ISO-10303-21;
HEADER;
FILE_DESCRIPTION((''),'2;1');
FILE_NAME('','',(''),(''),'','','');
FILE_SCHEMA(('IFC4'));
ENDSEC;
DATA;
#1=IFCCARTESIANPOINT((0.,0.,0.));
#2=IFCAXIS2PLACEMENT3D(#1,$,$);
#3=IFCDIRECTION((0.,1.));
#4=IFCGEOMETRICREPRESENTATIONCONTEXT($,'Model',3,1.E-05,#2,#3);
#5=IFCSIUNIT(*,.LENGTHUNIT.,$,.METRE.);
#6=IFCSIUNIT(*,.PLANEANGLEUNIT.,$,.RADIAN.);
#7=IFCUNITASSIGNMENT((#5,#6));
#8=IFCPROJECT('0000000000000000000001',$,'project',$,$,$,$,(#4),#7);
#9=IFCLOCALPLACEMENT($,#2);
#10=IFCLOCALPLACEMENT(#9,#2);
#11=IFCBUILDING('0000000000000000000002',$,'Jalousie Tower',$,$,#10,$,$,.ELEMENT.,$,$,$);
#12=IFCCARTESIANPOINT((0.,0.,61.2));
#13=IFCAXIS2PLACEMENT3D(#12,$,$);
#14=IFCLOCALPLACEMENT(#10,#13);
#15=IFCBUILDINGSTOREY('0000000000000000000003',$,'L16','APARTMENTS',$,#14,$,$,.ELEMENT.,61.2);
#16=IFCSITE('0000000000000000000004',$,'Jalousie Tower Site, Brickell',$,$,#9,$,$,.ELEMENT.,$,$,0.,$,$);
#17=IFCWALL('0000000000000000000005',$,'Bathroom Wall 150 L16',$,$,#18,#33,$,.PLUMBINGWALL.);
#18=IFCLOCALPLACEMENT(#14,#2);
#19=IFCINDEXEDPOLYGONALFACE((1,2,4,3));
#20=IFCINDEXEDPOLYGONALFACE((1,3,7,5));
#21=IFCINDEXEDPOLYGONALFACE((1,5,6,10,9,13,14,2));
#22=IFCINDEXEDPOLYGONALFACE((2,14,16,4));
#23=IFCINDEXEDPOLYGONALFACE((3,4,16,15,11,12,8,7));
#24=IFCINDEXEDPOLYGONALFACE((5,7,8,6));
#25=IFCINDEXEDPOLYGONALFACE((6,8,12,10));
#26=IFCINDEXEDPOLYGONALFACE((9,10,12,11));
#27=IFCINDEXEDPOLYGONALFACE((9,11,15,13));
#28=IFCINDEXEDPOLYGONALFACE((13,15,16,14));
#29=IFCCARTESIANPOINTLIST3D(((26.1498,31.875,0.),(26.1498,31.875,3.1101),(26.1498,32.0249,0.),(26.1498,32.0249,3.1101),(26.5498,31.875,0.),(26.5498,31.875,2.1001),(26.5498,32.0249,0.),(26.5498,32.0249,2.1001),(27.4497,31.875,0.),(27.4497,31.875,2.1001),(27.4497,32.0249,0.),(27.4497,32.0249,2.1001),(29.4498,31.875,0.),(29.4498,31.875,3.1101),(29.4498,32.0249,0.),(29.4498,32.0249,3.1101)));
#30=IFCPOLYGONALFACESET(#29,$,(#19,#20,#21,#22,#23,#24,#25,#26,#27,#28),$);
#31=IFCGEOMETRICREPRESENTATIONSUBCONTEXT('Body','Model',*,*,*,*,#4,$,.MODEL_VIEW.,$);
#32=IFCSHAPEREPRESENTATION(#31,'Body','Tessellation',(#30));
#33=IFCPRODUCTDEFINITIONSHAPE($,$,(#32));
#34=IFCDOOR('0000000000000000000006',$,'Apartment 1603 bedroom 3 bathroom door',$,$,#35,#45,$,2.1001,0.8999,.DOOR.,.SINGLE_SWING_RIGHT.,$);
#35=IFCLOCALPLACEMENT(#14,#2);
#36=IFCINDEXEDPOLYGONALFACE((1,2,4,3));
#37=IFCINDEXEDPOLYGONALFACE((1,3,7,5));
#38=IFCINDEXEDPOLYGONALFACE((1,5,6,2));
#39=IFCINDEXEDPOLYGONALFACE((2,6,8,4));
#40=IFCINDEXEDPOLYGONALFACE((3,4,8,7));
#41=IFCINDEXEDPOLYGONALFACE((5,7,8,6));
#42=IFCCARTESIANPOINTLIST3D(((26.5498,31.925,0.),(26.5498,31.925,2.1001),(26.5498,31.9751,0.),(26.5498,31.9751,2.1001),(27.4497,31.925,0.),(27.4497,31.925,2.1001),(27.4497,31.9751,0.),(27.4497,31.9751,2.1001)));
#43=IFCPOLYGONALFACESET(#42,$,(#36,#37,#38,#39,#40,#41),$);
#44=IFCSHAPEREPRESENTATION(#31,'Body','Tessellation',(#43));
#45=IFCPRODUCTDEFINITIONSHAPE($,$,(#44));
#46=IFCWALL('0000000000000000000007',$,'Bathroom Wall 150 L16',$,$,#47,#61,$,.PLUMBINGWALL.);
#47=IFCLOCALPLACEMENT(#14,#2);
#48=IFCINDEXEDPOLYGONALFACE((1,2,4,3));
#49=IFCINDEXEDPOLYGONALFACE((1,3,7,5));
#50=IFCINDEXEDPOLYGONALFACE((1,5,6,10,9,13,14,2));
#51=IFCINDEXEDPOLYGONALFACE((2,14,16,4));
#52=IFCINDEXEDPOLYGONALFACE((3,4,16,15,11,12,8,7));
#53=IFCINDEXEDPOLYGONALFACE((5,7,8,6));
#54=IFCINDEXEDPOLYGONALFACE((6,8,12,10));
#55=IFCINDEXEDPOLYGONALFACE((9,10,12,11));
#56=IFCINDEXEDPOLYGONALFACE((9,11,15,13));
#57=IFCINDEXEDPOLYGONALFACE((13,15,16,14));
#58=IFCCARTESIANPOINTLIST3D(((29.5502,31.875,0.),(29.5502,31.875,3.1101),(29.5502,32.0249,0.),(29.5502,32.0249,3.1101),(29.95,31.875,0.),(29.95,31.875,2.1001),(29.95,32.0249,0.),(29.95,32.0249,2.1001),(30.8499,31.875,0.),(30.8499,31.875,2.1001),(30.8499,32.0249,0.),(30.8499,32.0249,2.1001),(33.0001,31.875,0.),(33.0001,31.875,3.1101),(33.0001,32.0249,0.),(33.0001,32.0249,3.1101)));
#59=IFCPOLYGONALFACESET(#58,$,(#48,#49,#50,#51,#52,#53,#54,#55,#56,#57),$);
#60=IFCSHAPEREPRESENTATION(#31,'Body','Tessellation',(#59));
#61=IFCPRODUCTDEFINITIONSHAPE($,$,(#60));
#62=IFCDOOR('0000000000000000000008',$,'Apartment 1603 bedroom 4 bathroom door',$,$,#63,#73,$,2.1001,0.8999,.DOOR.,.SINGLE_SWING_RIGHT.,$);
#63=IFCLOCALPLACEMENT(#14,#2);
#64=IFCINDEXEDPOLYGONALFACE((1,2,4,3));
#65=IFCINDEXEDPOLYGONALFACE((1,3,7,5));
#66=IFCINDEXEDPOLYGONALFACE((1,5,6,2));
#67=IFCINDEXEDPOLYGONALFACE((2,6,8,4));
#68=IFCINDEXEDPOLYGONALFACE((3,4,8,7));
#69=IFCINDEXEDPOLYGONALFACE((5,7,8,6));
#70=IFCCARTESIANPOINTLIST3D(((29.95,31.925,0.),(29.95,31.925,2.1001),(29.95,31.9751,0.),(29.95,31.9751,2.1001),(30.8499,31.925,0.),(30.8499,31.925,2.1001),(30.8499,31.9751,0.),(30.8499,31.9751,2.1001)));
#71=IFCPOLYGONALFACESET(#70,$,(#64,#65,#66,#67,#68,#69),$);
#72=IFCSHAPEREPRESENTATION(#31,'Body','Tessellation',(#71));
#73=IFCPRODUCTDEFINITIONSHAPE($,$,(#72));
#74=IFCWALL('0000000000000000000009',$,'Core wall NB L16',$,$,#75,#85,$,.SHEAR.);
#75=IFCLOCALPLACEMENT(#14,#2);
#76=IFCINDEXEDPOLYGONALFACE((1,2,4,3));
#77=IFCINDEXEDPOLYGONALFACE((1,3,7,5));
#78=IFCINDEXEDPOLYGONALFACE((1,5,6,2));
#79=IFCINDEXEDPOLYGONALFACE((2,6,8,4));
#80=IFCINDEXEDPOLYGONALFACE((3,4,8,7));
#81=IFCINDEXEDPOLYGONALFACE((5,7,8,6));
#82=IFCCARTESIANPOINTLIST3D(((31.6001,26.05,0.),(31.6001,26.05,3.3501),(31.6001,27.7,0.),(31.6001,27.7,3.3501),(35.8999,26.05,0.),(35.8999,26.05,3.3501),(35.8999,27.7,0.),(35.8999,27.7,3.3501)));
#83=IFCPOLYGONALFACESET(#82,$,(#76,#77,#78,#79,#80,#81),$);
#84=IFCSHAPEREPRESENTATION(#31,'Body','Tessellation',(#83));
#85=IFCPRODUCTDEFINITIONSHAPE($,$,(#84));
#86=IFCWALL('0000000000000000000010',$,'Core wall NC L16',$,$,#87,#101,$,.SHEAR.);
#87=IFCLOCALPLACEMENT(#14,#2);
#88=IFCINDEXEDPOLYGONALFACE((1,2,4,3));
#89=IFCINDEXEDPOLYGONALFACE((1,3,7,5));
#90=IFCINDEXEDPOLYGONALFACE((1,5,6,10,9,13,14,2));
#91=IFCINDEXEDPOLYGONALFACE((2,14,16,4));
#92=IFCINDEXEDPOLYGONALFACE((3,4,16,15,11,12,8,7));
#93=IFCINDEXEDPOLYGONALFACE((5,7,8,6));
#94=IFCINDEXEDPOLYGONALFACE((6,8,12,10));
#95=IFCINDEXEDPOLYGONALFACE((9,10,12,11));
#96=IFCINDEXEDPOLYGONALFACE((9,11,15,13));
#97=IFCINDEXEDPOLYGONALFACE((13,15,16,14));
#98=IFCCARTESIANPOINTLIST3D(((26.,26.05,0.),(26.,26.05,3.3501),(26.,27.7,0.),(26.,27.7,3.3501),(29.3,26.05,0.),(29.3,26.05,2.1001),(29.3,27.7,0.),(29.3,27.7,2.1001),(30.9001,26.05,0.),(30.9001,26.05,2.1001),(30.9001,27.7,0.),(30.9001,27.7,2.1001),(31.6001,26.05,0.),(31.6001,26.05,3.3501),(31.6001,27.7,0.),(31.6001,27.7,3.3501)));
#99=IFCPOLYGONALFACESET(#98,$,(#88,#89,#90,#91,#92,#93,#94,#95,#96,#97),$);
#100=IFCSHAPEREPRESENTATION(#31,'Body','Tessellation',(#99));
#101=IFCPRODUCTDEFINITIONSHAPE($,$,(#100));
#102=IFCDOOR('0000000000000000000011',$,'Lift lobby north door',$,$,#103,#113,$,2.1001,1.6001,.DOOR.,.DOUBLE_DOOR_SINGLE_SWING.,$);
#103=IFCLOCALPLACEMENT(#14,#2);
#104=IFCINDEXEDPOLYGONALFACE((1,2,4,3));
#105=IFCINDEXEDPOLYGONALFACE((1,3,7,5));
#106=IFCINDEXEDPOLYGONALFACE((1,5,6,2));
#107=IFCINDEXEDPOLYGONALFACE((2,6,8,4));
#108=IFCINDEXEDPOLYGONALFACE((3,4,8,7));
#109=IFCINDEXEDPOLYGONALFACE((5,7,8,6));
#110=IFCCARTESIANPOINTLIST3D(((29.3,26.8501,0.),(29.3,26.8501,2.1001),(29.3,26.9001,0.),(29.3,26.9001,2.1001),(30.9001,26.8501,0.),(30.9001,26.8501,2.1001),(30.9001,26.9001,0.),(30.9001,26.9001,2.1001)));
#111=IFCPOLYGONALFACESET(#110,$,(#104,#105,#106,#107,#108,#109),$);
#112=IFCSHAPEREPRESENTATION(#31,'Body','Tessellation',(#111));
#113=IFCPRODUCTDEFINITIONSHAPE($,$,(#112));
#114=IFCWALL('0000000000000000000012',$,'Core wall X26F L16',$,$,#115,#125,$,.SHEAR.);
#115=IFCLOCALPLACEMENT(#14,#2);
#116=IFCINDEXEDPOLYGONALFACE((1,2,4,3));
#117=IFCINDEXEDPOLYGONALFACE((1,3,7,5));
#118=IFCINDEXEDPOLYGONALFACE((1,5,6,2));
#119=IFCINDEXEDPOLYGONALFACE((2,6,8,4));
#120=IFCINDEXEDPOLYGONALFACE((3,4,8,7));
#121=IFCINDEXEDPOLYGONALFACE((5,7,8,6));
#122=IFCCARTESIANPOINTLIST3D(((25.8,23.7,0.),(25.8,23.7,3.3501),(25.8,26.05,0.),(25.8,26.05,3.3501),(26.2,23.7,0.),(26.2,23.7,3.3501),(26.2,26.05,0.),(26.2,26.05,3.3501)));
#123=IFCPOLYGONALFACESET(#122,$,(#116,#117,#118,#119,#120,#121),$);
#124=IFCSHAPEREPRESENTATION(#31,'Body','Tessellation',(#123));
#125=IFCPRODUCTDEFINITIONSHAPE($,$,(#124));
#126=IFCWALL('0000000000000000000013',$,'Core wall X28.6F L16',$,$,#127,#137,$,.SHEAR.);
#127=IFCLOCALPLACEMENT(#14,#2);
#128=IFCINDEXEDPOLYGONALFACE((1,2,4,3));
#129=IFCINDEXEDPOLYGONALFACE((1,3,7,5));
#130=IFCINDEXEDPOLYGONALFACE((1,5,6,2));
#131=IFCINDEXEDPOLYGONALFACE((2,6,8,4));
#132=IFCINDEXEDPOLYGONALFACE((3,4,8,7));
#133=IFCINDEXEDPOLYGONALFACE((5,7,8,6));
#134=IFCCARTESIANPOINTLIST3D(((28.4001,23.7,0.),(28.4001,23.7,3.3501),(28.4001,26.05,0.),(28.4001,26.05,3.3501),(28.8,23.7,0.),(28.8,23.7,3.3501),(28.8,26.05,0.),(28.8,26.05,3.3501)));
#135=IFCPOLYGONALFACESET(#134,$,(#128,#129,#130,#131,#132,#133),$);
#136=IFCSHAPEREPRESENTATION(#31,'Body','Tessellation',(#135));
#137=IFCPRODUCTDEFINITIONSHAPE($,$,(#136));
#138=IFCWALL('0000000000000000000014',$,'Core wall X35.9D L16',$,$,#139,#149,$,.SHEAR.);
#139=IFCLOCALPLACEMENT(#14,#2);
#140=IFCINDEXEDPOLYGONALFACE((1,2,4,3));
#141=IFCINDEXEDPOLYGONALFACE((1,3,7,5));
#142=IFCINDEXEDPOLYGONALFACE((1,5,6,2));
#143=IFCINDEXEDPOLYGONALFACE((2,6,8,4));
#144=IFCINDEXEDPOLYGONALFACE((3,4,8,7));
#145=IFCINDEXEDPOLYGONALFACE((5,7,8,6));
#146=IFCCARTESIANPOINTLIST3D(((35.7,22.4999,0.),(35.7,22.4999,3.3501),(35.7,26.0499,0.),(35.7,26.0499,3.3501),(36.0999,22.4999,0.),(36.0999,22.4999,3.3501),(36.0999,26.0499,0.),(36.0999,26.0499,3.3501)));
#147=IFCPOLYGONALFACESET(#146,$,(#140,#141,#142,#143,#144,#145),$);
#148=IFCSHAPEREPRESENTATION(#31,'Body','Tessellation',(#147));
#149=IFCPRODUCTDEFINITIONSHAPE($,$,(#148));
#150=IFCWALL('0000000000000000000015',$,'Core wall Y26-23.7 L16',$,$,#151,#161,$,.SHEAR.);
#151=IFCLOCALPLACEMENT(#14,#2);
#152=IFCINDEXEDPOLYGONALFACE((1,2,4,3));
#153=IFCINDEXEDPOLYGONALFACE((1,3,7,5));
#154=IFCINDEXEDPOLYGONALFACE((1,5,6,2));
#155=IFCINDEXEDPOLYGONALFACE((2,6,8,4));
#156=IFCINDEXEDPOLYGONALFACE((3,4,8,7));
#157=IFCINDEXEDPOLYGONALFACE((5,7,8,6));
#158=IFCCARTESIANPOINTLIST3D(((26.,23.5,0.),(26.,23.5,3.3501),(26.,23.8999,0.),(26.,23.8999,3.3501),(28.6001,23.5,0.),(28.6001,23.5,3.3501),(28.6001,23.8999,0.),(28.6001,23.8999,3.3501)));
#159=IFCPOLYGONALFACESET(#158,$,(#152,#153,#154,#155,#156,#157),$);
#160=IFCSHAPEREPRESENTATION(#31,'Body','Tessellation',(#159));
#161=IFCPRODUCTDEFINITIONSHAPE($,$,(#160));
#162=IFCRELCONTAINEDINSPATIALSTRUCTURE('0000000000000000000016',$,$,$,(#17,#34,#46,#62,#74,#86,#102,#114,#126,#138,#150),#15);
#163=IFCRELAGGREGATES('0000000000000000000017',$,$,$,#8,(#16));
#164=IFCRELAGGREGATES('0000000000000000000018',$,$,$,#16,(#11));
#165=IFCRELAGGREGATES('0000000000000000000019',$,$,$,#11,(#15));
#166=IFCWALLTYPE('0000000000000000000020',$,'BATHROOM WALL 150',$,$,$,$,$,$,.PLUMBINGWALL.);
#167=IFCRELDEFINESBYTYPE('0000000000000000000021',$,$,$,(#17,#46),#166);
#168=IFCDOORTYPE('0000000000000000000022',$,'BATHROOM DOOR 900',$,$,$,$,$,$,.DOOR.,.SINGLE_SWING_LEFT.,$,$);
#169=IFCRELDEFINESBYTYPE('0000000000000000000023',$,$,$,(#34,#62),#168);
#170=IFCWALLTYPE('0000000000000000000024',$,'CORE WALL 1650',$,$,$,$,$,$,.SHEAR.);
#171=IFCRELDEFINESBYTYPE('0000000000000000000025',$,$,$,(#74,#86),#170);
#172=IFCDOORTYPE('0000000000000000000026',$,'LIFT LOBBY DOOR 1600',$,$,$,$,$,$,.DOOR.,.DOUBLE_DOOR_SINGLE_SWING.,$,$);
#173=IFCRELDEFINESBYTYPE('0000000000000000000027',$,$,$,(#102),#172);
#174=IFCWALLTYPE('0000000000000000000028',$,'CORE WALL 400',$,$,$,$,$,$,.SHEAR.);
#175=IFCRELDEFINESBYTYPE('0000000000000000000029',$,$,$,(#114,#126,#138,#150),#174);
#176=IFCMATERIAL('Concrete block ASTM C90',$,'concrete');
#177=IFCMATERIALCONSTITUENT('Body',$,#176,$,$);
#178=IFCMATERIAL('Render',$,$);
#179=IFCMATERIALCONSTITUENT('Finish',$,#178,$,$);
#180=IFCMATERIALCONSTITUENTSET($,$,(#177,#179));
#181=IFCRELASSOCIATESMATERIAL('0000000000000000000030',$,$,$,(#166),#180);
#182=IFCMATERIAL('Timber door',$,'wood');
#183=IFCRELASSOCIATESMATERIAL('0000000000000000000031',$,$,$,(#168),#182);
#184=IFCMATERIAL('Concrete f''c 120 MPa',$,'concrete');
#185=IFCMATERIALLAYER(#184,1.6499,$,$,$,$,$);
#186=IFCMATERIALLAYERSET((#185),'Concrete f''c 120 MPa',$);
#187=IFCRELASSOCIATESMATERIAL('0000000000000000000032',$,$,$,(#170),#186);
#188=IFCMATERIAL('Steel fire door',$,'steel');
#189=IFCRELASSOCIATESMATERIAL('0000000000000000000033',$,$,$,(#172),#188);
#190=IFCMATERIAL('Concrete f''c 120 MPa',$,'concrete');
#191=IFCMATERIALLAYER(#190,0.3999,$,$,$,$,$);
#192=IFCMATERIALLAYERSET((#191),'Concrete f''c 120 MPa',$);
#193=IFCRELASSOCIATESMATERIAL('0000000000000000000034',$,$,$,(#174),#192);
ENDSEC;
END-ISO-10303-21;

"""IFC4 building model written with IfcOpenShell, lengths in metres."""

from ifc_helpers import new_model, si_unit, direction, frame, frame_2d, origin, place, context, subcontext, project, spatial, rectangle, extrude, material, layer, layer_set, constituent, constituent_set, type_object, element, fill, save


model = new_model("IFC4")

# Units and contexts
model_context = context("Model", 3, precision=1e-05, world=origin(), true_north=direction((0.0, 1.0)))
body_context = subcontext(model_context, "Body", "Model", "MODEL_VIEW")
ifc_project = project(units=[si_unit("LENGTHUNIT", "METRE"), si_unit("PLANEANGLEUNIT", "RADIAN")], contexts=[model_context])

# Site, building, storey
site_placement = place(None, origin())
site = spatial("IfcSite", under=ifc_project, at=site_placement, Name="Jalousie Tower Site, Brickell", CompositionType="ELEMENT", RefElevation=0.0)
building_placement = place(site_placement, origin())
building = spatial("IfcBuilding", under=site, at=building_placement, Name="Jalousie Tower", CompositionType="ELEMENT")
storey_placement = place(building_placement, frame((0.0, 0.0, 61.2)))
storey = spatial("IfcBuildingStorey", under=building, at=storey_placement, Name="L16", Description="APARTMENTS", CompositionType="ELEMENT", Elevation=61.2)

# Walls, openings, doors
ifc_material_1 = material(Name="Concrete block ASTM C90", Category="concrete")
ifc_constituent_1 = constituent(ifc_material_1, Name="Body")
ifc_material_2 = material(Name="Render")
ifc_constituent_2 = constituent(ifc_material_2, Name="Finish")
ifc_constituent_set_1 = constituent_set(constituents=[ifc_constituent_1, ifc_constituent_2])
wall_type_1 = type_object("IfcWallType", Name="BATHROOM WALL 150", PredefinedType="PLUMBINGWALL", material=ifc_constituent_set_1)
wall_1_placement = place(storey_placement, frame((26.1499, 31.95, 0.0), z_axis=(0.0, 0.0, 1.0), x_axis=(1.0, 0.0, 0.0)))
wall_1 = element("IfcWall", 1, at=wall_1_placement, inside=storey, type_object=wall_type_1, Name="Bathroom Wall 150 L16", PredefinedType="PLUMBINGWALL", context=body_context, shape_type="SweptSolid", body=[
    extrude(rectangle(XDim=3.3, YDim=0.1499, at=frame_2d((1.6499, 0.0))), origin(), (0.0, 0.0, 1.0), 3.1101),
])
opening_1_placement = place(wall_1_placement, frame((0.3999, 0.0, 0.0)))
opening_1 = element("IfcOpeningElement", 2, at=opening_1_placement, cuts=wall_1, PredefinedType="OPENING", context=body_context, shape_type="SweptSolid", body=[
    extrude(rectangle(XDim=0.8999, YDim=2.1001, at=frame_2d((0.45, 1.05))), frame((0.0, 0.085, 0.0), z_axis=(0.0, -1.0, 0.0), x_axis=(1.0, 0.0, 0.0)), (0.0, 0.0, 1.0), 0.1699),
])
ifc_material_3 = material(Name="Timber door", Category="wood")
door_type_1 = type_object("IfcDoorType", Name="BATHROOM DOOR 900", OperationType="SINGLE_SWING_LEFT", PredefinedType="DOOR", material=ifc_material_3)
door_1_placement = place(opening_1_placement, frame((0.8999, 0.0, 0.0), z_axis=(0.0, 0.0, 1.0), x_axis=(-1.0, 0.0, 0.0)))
door_1 = element("IfcDoor", 3, at=door_1_placement, inside=storey, type_object=door_type_1, Name="Apartment 1603 bedroom 3 bathroom door", OperationType="SINGLE_SWING_RIGHT", OverallHeight=2.1001, OverallWidth=0.8999, PredefinedType="DOOR", context=body_context, shape_type="SweptSolid", body=[
    extrude(rectangle(XDim=0.8999, YDim=2.1001, at=frame_2d((0.45, 1.05))), frame((0.0, 0.0249, 0.0), z_axis=(0.0, -1.0, 0.0), x_axis=(1.0, 0.0, 0.0)), (0.0, 0.0, 1.0), 0.05),
])
fill(opening_1, door_1)
wall_2_placement = place(storey_placement, frame((29.55, 31.95, 0.0), z_axis=(0.0, 0.0, 1.0), x_axis=(1.0, 0.0, 0.0)))
wall_2 = element("IfcWall", 4, at=wall_2_placement, inside=storey, type_object=wall_type_1, Name="Bathroom Wall 150 L16", PredefinedType="PLUMBINGWALL", context=body_context, shape_type="SweptSolid", body=[
    extrude(rectangle(XDim=3.45, YDim=0.1499, at=frame_2d((1.7251, 0.0))), origin(), (0.0, 0.0, 1.0), 3.1101),
])
opening_2_placement = place(wall_2_placement, frame((0.3999, 0.0, 0.0)))
opening_2 = element("IfcOpeningElement", 5, at=opening_2_placement, cuts=wall_2, PredefinedType="OPENING", context=body_context, shape_type="SweptSolid", body=[
    extrude(rectangle(XDim=0.8999, YDim=2.1001, at=frame_2d((0.45, 1.05))), frame((0.0, 0.085, 0.0), z_axis=(0.0, -1.0, 0.0), x_axis=(1.0, 0.0, 0.0)), (0.0, 0.0, 1.0), 0.1699),
])
door_2_placement = place(opening_2_placement, frame((0.8999, 0.0, 0.0), z_axis=(0.0, 0.0, 1.0), x_axis=(-1.0, 0.0, 0.0)))
door_2 = element("IfcDoor", 6, at=door_2_placement, inside=storey, type_object=door_type_1, Name="Apartment 1603 bedroom 4 bathroom door", OperationType="SINGLE_SWING_RIGHT", OverallHeight=2.1001, OverallWidth=0.8999, PredefinedType="DOOR", context=body_context, shape_type="SweptSolid", body=[
    extrude(rectangle(XDim=0.8999, YDim=2.1001, at=frame_2d((0.45, 1.05))), frame((0.0, 0.0249, 0.0), z_axis=(0.0, -1.0, 0.0), x_axis=(1.0, 0.0, 0.0)), (0.0, 0.0, 1.0), 0.05),
])
fill(opening_2, door_2)

# Wall
ifc_material_4 = material(Name="Concrete f'c 120 MPa", Category="concrete")
ifc_layer_1 = layer(ifc_material_4, 1.6499)
ifc_layer_set_1 = layer_set([ifc_layer_1], Name="Concrete f'c 120 MPa")
wall_type_2 = type_object("IfcWallType", Name="CORE WALL 1650", PredefinedType="SHEAR", material=ifc_layer_set_1)
wall_3_placement = place(storey_placement, frame((35.8999, 26.875, 0.0), z_axis=(0.0, 0.0, 1.0), x_axis=(-1.0, 0.0, 0.0)))
element("IfcWall", 7, at=wall_3_placement, inside=storey, type_object=wall_type_2, Name="Core wall NB L16", PredefinedType="SHEAR", context=body_context, shape_type="SweptSolid", body=[
    extrude(rectangle(XDim=4.2998, YDim=1.6499, at=frame_2d((2.1499, 0.0))), origin(), (0.0, 0.0, 1.0), 3.3501),
])

# Wall, opening, door
wall_4_placement = place(storey_placement, frame((31.6001, 26.875, 0.0), z_axis=(0.0, 0.0, 1.0), x_axis=(-1.0, 0.0, 0.0)))
wall_4 = element("IfcWall", 8, at=wall_4_placement, inside=storey, type_object=wall_type_2, Name="Core wall NC L16", PredefinedType="SHEAR", context=body_context, shape_type="SweptSolid", body=[
    extrude(rectangle(XDim=5.6001, YDim=1.6499, at=frame_2d((2.8, 0.0))), origin(), (0.0, 0.0, 1.0), 3.3501),
])
opening_3_placement = place(wall_4_placement, frame((0.7, 0.0, 0.0)))
opening_3 = element("IfcOpeningElement", 9, at=opening_3_placement, cuts=wall_4, PredefinedType="OPENING", context=body_context, shape_type="SweptSolid", body=[
    extrude(rectangle(XDim=1.6001, YDim=2.1001, at=frame_2d((0.8, 1.05))), frame((0.0, 0.835, 0.0), z_axis=(0.0, -1.0, 0.0), x_axis=(1.0, 0.0, 0.0)), (0.0, 0.0, 1.0), 1.6699),
])
ifc_material_5 = material(Name="Steel fire door", Category="steel")
door_type_2 = type_object("IfcDoorType", Name="LIFT LOBBY DOOR 1600", OperationType="DOUBLE_DOOR_SINGLE_SWING", PredefinedType="DOOR", material=ifc_material_5)
door_3_placement = place(opening_3_placement, origin())
door_3 = element("IfcDoor", 10, at=door_3_placement, inside=storey, type_object=door_type_2, Name="Lift lobby north door", OperationType="DOUBLE_DOOR_SINGLE_SWING", OverallHeight=2.1001, OverallWidth=1.6001, PredefinedType="DOOR", context=body_context, shape_type="SweptSolid", body=[
    extrude(rectangle(XDim=1.6001, YDim=2.1001, at=frame_2d((0.8, 1.05))), frame((0.0, 0.0249, 0.0), z_axis=(0.0, -1.0, 0.0), x_axis=(1.0, 0.0, 0.0)), (0.0, 0.0, 1.0), 0.05),
])
fill(opening_3, door_3)

# Walls
ifc_material_6 = material(Name="Concrete f'c 120 MPa", Category="concrete")
ifc_layer_2 = layer(ifc_material_6, 0.3999)
ifc_layer_set_2 = layer_set([ifc_layer_2], Name="Concrete f'c 120 MPa")
wall_type_3 = type_object("IfcWallType", Name="CORE WALL 400", PredefinedType="SHEAR", material=ifc_layer_set_2)
for number, where, z_axis, x_axis, name in (
    (11, (26.0, 23.7, 0.0), (0.0, 0.0, 1.0), (0.0, 1.0, 0.0), "Core wall X26F L16"),
    (12, (28.6001, 23.7, 0.0), (0.0, 0.0, 1.0), (0.0, 1.0, 0.0), "Core wall X28.6F L16"),
):
    element("IfcWall", number, at=place(storey_placement, frame(where, z_axis=z_axis, x_axis=x_axis)), inside=storey, type_object=wall_type_3, Name=name, PredefinedType="SHEAR", context=body_context, shape_type="SweptSolid", body=[
        extrude(rectangle(XDim=2.3501, YDim=0.3999, at=frame_2d((1.175, 0.0))), origin(), (0.0, 0.0, 1.0), 3.3501),
    ])
wall_5_placement = place(storey_placement, frame((35.8999, 22.5, 0.0), z_axis=(0.0, 0.0, 1.0), x_axis=(0.0, 1.0, 0.0)))
element("IfcWall", 13, at=wall_5_placement, inside=storey, type_object=wall_type_3, Name="Core wall X35.9D L16", PredefinedType="SHEAR", context=body_context, shape_type="SweptSolid", body=[
    extrude(rectangle(XDim=3.55, YDim=0.3999, at=frame_2d((1.7749, 0.0))), origin(), (0.0, 0.0, 1.0), 3.3501),
])
wall_6_placement = place(storey_placement, frame((26.0, 23.7, 0.0), z_axis=(0.0, 0.0, 1.0), x_axis=(1.0, 0.0, 0.0)))
element("IfcWall", 14, at=wall_6_placement, inside=storey, type_object=wall_type_3, Name="Core wall Y26-23.7 L16", PredefinedType="SHEAR", context=body_context, shape_type="SweptSolid", body=[
    extrude(rectangle(XDim=2.6001, YDim=0.3999, at=frame_2d((1.3, 0.0))), origin(), (0.0, 0.0, 1.0), 3.3501),
])

save(model, "model.ifc")
